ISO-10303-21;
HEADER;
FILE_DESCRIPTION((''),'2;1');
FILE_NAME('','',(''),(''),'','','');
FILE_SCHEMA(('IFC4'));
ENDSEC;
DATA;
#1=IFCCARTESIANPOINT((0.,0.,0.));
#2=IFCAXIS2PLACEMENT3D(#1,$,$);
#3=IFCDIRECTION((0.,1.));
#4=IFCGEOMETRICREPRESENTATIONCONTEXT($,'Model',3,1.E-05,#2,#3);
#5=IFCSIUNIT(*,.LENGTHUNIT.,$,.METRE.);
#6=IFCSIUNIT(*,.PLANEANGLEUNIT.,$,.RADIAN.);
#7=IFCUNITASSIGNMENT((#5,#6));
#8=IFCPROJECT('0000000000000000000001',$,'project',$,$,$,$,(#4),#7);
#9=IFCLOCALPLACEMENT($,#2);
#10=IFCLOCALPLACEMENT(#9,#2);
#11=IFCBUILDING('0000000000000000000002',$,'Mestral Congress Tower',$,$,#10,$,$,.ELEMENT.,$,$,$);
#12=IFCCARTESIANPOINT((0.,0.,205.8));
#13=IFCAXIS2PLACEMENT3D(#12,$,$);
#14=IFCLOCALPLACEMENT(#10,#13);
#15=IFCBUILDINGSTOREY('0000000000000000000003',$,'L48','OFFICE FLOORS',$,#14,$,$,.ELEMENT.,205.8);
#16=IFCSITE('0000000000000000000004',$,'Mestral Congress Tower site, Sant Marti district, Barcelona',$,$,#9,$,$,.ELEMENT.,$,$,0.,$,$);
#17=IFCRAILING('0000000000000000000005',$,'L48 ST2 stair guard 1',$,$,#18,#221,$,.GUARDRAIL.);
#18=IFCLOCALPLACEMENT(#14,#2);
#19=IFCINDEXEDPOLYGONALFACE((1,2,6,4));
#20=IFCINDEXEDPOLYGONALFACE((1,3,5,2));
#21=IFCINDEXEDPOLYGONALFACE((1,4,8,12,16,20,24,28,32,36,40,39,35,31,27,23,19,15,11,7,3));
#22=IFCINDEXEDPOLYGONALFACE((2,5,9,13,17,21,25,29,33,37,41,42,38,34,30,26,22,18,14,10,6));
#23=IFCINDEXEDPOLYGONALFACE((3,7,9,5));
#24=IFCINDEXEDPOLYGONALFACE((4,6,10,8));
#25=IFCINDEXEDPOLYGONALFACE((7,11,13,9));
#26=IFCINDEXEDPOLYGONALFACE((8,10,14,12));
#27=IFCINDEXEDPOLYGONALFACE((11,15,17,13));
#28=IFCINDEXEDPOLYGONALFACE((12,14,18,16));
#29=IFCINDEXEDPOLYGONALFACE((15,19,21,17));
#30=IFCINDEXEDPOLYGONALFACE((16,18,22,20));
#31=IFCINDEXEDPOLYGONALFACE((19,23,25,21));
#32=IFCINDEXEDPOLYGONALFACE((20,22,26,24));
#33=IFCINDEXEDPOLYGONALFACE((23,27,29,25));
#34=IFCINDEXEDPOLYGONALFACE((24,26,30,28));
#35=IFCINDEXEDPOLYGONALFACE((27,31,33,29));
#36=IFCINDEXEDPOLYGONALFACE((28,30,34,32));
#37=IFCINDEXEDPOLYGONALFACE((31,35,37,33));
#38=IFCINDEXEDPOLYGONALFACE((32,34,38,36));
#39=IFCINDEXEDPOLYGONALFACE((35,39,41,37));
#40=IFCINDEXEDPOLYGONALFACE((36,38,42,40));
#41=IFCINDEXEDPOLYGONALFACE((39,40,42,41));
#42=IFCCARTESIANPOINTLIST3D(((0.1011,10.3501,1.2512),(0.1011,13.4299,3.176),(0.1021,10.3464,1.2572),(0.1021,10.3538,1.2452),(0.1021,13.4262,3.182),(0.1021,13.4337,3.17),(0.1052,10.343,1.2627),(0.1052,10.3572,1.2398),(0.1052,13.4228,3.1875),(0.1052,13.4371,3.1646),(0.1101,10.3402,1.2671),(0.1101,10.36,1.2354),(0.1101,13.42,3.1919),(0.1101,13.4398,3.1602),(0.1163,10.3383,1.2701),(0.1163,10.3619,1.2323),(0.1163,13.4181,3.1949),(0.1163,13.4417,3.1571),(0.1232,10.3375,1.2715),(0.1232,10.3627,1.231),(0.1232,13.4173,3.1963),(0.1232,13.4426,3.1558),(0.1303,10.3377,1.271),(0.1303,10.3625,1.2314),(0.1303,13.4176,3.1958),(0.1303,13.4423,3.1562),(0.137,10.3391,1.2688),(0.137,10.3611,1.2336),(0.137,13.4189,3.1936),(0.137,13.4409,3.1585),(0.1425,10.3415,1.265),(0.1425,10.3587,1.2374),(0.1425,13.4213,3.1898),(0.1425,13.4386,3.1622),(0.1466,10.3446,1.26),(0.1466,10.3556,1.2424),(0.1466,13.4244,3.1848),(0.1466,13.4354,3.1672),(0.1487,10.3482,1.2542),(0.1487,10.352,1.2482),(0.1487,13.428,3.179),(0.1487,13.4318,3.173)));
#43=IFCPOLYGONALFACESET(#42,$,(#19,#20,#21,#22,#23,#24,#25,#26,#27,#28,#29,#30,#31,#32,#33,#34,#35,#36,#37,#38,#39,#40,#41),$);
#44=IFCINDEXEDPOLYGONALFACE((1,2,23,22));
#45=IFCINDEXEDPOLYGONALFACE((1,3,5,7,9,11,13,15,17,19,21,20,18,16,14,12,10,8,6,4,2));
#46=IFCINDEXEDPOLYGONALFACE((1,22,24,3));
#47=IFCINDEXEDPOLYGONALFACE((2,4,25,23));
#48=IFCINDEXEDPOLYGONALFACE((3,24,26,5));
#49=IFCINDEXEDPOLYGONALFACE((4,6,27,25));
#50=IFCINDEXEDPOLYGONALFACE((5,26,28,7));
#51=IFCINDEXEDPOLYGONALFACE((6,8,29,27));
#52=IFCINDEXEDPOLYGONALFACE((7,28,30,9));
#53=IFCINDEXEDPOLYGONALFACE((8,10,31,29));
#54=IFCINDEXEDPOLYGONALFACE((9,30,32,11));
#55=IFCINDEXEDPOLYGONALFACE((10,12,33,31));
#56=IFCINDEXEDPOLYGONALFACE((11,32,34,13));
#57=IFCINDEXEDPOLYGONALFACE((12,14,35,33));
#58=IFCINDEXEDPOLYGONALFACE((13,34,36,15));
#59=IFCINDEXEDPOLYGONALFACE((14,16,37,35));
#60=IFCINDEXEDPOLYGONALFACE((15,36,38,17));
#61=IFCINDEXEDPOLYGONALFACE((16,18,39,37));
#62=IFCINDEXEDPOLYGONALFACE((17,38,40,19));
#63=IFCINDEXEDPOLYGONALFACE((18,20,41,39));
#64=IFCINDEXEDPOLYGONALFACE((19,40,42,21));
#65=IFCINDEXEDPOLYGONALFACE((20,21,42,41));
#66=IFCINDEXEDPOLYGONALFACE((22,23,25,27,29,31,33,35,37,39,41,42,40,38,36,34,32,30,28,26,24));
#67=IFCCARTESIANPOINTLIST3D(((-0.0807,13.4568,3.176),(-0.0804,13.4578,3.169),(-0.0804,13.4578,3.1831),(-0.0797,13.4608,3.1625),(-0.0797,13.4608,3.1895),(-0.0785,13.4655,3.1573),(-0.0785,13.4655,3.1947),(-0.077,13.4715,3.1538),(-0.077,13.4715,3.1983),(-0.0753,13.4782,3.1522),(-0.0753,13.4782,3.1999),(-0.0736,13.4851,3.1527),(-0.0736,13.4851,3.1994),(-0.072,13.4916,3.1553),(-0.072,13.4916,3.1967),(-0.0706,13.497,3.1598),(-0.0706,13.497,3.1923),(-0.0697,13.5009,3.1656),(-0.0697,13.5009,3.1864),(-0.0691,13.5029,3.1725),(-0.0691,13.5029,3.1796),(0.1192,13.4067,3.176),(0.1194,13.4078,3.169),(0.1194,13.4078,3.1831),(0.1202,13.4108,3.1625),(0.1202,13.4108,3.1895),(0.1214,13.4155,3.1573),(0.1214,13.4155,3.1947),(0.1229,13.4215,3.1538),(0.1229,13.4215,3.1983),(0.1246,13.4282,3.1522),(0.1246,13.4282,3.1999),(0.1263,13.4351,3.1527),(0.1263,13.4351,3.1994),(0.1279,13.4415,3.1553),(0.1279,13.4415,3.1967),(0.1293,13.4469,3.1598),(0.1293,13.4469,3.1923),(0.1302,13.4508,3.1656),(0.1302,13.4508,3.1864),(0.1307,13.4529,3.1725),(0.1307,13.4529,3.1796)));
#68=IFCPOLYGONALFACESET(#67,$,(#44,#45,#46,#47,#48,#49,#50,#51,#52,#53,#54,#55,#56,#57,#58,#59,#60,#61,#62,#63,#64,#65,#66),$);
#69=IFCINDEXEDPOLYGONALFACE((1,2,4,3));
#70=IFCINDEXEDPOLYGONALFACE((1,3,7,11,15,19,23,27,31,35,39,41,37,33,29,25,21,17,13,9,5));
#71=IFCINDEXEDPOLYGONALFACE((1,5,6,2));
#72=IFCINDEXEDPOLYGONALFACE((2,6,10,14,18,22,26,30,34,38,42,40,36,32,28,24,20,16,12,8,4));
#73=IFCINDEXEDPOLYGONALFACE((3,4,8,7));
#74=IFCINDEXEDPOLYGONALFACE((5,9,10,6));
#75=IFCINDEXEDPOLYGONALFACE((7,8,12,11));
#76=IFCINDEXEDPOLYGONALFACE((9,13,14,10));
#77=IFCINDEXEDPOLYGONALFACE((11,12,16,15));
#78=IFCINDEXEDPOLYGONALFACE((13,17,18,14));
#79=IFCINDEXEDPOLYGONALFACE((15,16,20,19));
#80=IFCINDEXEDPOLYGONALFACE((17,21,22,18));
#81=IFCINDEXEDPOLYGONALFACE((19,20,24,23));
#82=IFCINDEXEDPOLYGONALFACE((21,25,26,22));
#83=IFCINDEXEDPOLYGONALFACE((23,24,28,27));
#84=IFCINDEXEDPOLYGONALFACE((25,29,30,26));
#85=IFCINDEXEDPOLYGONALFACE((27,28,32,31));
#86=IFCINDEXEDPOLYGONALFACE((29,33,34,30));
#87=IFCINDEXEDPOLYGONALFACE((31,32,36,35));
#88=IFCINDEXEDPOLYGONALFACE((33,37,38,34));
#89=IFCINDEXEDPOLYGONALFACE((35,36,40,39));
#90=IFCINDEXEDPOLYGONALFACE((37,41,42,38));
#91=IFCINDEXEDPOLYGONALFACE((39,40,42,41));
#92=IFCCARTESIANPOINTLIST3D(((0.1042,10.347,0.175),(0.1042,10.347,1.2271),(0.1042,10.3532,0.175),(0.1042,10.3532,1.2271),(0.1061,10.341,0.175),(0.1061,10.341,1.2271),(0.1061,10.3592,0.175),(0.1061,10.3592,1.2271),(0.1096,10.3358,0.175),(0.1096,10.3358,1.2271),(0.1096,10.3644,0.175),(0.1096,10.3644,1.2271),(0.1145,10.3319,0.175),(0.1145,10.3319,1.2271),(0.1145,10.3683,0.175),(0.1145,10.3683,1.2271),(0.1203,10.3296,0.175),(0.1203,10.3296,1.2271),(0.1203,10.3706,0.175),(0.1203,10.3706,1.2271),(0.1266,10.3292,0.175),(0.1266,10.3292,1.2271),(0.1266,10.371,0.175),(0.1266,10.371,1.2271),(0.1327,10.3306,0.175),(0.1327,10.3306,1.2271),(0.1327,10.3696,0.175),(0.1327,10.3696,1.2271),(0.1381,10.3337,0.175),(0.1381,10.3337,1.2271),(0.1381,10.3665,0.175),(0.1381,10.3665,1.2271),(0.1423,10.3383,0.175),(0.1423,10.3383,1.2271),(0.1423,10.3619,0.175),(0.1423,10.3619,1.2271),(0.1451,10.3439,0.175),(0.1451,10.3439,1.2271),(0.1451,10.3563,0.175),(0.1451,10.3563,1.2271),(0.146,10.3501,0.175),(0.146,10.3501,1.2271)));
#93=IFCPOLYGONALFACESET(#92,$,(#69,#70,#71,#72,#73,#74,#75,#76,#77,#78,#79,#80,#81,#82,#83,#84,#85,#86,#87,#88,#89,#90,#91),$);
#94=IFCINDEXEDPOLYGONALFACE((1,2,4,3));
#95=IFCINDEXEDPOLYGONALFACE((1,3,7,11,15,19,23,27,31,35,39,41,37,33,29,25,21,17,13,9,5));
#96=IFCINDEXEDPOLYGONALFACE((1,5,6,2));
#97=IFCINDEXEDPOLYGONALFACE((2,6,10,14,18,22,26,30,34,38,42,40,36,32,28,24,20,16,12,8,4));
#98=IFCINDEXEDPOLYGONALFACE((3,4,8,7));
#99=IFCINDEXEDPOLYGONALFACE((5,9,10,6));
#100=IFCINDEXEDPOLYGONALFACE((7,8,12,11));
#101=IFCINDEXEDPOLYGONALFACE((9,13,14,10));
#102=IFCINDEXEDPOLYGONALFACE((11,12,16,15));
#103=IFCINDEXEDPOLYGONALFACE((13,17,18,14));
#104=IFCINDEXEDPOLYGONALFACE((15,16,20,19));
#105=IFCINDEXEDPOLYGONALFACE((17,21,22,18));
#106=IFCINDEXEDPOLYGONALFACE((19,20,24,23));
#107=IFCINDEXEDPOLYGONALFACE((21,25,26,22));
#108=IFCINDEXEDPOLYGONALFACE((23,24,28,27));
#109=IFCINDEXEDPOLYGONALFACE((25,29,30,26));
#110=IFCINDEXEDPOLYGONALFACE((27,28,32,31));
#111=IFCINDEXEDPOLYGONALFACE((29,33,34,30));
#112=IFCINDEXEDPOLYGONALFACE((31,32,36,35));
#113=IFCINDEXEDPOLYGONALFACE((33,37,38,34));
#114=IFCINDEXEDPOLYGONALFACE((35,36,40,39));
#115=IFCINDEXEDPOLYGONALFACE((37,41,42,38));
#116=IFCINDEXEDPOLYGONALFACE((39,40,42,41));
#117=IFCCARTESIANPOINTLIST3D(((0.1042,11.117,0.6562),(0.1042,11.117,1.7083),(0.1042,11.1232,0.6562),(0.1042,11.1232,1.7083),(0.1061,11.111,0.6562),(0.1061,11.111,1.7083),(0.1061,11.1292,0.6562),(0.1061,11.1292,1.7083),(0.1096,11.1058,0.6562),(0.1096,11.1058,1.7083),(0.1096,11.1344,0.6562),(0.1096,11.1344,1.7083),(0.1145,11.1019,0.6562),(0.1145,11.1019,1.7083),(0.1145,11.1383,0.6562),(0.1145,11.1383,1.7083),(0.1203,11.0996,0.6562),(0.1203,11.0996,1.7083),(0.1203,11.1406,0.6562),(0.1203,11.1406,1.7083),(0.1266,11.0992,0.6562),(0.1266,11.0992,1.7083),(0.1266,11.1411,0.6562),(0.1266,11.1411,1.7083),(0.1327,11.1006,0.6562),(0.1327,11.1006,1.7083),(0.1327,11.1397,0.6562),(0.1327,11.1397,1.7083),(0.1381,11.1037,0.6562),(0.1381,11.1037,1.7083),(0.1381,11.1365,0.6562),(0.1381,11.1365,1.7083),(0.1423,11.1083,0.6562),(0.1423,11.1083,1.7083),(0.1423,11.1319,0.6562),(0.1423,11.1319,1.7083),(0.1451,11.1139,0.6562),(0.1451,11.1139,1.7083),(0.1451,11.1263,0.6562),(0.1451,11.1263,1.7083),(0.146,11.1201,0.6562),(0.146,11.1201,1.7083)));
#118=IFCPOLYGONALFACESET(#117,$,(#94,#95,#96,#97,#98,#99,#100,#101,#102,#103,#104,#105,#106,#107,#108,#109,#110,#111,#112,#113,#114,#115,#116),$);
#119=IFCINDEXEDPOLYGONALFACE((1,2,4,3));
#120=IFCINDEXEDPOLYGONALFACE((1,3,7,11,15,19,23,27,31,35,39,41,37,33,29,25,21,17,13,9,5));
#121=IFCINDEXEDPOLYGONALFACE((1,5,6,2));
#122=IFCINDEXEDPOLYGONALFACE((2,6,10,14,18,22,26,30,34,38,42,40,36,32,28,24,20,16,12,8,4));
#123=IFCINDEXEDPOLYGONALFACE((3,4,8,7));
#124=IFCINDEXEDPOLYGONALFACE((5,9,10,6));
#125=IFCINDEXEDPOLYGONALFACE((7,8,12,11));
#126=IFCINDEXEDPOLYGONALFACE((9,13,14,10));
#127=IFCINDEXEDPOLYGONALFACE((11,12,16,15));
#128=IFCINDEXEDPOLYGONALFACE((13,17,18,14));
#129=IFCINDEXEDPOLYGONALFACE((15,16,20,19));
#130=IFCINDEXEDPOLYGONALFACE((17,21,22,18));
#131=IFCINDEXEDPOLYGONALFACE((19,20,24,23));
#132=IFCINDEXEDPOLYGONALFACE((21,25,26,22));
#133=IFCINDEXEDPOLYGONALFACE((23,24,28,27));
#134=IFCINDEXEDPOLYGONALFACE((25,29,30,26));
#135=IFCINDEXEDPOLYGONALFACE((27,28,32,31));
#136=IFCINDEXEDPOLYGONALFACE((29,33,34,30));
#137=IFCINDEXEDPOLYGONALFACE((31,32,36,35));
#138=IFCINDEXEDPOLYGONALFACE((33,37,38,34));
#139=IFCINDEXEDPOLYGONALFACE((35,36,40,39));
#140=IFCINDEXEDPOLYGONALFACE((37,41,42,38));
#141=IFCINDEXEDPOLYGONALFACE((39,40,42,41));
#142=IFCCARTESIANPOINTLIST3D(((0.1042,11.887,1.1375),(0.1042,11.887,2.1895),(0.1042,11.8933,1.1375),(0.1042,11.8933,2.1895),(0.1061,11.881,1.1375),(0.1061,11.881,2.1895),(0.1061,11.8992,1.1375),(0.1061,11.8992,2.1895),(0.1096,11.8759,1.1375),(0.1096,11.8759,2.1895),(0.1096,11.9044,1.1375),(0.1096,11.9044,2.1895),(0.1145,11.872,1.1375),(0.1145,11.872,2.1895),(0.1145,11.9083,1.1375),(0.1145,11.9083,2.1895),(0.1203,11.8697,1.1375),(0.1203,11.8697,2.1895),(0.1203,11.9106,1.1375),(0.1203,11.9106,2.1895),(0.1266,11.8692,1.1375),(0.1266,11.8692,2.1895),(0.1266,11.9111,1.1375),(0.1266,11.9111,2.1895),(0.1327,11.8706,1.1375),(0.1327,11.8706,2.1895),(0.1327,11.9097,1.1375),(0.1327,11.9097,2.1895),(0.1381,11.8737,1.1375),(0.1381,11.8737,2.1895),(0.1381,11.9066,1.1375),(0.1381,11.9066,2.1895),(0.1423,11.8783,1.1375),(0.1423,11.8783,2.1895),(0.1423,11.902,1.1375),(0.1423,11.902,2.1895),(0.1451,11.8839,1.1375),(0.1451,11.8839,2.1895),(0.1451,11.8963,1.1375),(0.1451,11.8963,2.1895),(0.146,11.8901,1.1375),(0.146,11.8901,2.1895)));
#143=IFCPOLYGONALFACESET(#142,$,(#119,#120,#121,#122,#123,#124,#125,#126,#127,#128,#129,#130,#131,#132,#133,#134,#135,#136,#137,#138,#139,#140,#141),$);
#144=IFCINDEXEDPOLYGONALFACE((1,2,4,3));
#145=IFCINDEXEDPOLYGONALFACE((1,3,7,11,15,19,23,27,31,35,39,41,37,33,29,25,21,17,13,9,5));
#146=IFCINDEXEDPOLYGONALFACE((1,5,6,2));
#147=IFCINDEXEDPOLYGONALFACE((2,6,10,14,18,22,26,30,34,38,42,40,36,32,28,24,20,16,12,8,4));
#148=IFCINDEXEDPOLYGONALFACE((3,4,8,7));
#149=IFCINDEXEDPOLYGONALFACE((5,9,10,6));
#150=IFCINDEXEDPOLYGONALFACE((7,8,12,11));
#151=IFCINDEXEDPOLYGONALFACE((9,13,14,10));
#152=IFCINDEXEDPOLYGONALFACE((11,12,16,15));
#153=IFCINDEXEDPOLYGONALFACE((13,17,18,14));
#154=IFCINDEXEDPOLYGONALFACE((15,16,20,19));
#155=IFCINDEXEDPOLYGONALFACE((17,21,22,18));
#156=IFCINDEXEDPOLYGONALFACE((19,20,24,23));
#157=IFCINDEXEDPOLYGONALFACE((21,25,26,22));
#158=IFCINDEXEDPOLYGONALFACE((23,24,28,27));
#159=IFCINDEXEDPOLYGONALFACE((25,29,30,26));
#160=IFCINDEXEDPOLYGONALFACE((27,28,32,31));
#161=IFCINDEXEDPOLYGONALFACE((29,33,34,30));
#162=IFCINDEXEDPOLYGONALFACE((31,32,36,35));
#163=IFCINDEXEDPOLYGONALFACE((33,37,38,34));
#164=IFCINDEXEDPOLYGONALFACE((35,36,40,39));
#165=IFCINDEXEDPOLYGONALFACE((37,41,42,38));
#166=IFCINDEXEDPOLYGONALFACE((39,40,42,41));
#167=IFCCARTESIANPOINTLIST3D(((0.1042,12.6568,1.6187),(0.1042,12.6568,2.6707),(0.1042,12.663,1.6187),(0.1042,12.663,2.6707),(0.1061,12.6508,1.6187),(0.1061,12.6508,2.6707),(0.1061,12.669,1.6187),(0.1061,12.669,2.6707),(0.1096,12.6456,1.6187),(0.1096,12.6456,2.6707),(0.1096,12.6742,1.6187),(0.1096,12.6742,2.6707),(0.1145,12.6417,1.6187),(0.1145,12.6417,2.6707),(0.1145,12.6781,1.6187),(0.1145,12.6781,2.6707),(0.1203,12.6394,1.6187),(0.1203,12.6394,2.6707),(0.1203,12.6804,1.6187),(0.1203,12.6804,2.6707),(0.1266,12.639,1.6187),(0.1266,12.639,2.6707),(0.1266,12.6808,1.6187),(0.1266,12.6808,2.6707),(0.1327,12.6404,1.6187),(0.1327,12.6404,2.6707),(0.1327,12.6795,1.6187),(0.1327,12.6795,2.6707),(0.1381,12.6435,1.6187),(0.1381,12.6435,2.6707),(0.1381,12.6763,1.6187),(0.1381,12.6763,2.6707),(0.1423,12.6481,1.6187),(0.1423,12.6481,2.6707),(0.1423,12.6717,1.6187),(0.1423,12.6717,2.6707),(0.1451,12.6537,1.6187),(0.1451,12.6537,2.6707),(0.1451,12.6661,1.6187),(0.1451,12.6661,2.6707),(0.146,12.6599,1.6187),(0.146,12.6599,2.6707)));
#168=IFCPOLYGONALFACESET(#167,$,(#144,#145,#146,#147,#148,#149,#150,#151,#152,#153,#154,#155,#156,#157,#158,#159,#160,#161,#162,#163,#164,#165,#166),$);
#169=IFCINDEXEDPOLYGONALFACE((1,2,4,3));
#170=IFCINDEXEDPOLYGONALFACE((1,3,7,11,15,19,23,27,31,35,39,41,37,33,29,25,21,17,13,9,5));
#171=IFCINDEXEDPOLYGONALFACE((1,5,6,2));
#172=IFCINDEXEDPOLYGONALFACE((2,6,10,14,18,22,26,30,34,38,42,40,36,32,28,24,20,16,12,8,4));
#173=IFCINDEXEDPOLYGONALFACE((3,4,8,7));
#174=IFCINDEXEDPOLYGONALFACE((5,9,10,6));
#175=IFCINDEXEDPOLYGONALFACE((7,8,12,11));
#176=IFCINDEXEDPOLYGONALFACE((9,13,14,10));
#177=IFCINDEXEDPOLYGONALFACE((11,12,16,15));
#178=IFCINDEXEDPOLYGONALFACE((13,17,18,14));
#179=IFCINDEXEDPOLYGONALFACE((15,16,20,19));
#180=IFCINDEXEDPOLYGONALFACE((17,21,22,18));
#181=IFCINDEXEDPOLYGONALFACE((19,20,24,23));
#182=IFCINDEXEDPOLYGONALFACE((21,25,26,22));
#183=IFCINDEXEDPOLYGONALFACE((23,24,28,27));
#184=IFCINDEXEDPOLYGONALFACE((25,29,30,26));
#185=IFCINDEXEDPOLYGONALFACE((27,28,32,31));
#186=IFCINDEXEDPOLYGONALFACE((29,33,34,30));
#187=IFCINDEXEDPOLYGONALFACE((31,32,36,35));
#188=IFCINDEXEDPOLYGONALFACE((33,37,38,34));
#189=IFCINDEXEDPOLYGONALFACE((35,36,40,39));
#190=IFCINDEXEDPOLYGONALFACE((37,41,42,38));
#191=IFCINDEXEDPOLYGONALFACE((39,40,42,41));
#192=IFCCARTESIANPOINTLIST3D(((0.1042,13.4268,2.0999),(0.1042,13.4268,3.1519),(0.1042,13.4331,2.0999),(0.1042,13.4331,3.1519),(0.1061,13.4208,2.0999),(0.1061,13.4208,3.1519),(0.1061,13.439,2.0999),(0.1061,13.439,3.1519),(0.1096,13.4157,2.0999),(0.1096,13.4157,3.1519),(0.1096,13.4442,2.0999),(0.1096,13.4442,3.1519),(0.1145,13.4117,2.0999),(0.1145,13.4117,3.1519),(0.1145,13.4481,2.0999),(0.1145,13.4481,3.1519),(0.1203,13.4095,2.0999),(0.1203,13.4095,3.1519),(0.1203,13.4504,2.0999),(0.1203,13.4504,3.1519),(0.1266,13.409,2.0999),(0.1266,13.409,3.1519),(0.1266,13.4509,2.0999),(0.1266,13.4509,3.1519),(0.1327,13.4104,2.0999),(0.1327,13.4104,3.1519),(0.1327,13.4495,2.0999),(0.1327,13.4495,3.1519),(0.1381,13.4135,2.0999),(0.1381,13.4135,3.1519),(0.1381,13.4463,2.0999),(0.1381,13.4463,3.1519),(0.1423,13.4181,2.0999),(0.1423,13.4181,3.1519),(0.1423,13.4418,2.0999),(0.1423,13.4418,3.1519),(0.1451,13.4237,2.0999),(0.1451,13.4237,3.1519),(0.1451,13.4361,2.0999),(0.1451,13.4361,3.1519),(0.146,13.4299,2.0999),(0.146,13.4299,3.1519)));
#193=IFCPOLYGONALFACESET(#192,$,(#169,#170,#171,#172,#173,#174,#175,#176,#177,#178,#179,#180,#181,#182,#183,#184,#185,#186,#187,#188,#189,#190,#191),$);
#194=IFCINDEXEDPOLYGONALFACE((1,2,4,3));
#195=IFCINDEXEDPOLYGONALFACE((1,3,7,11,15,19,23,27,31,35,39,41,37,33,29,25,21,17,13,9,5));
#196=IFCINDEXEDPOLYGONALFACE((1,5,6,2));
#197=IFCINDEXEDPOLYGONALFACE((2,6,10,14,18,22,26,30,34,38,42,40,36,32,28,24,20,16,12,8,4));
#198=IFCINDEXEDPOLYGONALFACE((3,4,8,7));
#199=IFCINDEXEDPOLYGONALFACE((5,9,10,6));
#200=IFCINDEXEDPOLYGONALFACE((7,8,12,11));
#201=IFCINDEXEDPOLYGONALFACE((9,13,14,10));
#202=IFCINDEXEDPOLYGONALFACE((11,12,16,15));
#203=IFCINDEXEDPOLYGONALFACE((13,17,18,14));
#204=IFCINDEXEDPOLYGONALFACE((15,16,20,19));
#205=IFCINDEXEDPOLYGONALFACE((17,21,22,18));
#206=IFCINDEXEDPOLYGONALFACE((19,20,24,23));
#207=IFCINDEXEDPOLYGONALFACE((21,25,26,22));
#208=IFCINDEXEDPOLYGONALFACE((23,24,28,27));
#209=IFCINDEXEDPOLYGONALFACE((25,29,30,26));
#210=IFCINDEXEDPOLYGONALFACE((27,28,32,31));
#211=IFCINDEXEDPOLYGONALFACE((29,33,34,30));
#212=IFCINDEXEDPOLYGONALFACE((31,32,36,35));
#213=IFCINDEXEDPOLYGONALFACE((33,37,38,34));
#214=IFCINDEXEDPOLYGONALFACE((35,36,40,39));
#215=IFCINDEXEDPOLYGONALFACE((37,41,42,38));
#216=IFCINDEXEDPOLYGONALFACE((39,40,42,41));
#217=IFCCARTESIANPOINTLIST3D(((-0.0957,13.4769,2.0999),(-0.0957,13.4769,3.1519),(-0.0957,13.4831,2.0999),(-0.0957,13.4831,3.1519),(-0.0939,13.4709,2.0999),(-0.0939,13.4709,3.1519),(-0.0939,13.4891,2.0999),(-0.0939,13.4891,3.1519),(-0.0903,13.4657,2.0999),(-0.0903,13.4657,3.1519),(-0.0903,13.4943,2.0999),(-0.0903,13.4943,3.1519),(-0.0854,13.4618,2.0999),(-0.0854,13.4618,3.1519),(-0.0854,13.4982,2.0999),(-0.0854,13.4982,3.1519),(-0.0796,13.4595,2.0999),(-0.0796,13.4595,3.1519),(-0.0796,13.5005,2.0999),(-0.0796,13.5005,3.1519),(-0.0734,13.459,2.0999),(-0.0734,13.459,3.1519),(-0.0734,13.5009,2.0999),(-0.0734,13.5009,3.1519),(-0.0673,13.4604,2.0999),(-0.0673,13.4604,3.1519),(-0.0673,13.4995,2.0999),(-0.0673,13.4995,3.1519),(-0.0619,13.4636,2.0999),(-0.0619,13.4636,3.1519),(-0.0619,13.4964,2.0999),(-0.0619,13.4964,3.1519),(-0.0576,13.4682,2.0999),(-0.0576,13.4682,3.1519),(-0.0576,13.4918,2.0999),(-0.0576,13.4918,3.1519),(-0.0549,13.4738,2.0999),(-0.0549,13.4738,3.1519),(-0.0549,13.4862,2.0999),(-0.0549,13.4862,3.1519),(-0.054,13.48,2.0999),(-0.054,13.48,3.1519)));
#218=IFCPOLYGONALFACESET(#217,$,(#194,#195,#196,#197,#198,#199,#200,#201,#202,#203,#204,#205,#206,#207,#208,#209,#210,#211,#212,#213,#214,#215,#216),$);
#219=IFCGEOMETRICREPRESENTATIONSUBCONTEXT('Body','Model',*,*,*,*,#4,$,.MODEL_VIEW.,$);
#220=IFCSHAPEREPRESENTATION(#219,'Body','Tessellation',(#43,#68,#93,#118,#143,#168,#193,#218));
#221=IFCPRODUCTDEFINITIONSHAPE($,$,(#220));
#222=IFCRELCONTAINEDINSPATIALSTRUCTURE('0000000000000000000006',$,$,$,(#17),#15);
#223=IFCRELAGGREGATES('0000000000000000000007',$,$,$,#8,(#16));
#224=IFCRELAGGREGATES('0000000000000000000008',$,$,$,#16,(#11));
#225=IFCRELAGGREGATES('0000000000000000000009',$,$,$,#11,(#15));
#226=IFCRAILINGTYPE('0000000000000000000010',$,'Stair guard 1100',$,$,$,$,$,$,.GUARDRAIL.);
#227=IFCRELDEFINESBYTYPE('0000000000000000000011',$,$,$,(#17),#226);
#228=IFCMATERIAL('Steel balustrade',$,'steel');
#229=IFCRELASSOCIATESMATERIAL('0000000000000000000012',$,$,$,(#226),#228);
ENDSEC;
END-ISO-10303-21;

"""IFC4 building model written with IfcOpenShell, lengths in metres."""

from ifc_helpers import new_model, si_unit, direction, frame, origin, origin_2d, place, context, subcontext, project, spatial, circle, extrude, material, type_object, element, save


model = new_model("IFC4")

# Units and contexts
model_context = context("Model", 3, precision=1e-05, world=origin(), true_north=direction((0.0, 1.0)))
body_context = subcontext(model_context, "Body", "Model", "MODEL_VIEW")
ifc_project = project(units=[si_unit("LENGTHUNIT", "METRE"), si_unit("PLANEANGLEUNIT", "RADIAN")], contexts=[model_context])

# Site, building, storey
site_placement = place(None, origin())
site = spatial("IfcSite", under=ifc_project, at=site_placement, Name="Mestral Congress Tower site, Sant Marti district, Barcelona", CompositionType="ELEMENT", RefElevation=0.0)
building_placement = place(site_placement, origin())
building = spatial("IfcBuilding", under=site, at=building_placement, Name="Mestral Congress Tower", CompositionType="ELEMENT")
storey_placement = place(building_placement, frame((0.0, 0.0, 205.8)))
storey = spatial("IfcBuildingStorey", under=building, at=storey_placement, Name="L48", Description="OFFICE FLOORS", CompositionType="ELEMENT", Elevation=205.8)

# Railing
ifc_material_1 = material(Name="Steel balustrade", Category="steel")
railing_type_1 = type_object("IfcRailingType", Name="Stair guard 1100", PredefinedType="GUARDRAIL", material=ifc_material_1)
railing_1_placement = place(storey_placement, frame((0.125, 10.3501, 0.175)))
element("IfcRailing", 1, at=railing_1_placement, inside=storey, type_object=railing_type_1, Name="L48 ST2 stair guard 1", PredefinedType="GUARDRAIL", context=body_context, shape_type="SweptSolid", body=[
    extrude(circle(Radius=0.0239, at=origin_2d()), frame((0.0, 0.0, 1.0762), z_axis=(0.0, 0.84801, 0.529981), x_axis=(-1.0, 0.0, 0.0)), (0.0, 0.0, 1.0), 3.6318),
    extrude(circle(Radius=0.0239, at=origin_2d()), frame((0.0, 3.0798, 3.001), z_axis=(-0.970073, 0.242814, 0.0), x_axis=(-0.242814, -0.970073, 0.0)), (0.0, 0.0, 1.0), 0.2061),
    extrude(circle(Radius=0.021, at=origin_2d()), origin(), (0.0, 0.0, 1.0), 1.052),
    extrude(circle(Radius=0.021, at=origin_2d()), frame((0.0, 0.77, 0.4812)), (0.0, 0.0, 1.0), 1.052),
    extrude(circle(Radius=0.021, at=origin_2d()), frame((0.0, 1.54, 0.9624)), (0.0, 0.0, 1.0), 1.052),
    extrude(circle(Radius=0.021, at=origin_2d()), frame((0.0, 2.3098, 1.4436)), (0.0, 0.0, 1.0), 1.052),
    extrude(circle(Radius=0.021, at=origin_2d()), frame((0.0, 3.0798, 1.9248)), (0.0, 0.0, 1.0), 1.052),
    extrude(circle(Radius=0.021, at=origin_2d()), frame((-0.2, 3.1299, 1.9248)), (0.0, 0.0, 1.0), 1.052),
])

save(model, "model.ifc")
